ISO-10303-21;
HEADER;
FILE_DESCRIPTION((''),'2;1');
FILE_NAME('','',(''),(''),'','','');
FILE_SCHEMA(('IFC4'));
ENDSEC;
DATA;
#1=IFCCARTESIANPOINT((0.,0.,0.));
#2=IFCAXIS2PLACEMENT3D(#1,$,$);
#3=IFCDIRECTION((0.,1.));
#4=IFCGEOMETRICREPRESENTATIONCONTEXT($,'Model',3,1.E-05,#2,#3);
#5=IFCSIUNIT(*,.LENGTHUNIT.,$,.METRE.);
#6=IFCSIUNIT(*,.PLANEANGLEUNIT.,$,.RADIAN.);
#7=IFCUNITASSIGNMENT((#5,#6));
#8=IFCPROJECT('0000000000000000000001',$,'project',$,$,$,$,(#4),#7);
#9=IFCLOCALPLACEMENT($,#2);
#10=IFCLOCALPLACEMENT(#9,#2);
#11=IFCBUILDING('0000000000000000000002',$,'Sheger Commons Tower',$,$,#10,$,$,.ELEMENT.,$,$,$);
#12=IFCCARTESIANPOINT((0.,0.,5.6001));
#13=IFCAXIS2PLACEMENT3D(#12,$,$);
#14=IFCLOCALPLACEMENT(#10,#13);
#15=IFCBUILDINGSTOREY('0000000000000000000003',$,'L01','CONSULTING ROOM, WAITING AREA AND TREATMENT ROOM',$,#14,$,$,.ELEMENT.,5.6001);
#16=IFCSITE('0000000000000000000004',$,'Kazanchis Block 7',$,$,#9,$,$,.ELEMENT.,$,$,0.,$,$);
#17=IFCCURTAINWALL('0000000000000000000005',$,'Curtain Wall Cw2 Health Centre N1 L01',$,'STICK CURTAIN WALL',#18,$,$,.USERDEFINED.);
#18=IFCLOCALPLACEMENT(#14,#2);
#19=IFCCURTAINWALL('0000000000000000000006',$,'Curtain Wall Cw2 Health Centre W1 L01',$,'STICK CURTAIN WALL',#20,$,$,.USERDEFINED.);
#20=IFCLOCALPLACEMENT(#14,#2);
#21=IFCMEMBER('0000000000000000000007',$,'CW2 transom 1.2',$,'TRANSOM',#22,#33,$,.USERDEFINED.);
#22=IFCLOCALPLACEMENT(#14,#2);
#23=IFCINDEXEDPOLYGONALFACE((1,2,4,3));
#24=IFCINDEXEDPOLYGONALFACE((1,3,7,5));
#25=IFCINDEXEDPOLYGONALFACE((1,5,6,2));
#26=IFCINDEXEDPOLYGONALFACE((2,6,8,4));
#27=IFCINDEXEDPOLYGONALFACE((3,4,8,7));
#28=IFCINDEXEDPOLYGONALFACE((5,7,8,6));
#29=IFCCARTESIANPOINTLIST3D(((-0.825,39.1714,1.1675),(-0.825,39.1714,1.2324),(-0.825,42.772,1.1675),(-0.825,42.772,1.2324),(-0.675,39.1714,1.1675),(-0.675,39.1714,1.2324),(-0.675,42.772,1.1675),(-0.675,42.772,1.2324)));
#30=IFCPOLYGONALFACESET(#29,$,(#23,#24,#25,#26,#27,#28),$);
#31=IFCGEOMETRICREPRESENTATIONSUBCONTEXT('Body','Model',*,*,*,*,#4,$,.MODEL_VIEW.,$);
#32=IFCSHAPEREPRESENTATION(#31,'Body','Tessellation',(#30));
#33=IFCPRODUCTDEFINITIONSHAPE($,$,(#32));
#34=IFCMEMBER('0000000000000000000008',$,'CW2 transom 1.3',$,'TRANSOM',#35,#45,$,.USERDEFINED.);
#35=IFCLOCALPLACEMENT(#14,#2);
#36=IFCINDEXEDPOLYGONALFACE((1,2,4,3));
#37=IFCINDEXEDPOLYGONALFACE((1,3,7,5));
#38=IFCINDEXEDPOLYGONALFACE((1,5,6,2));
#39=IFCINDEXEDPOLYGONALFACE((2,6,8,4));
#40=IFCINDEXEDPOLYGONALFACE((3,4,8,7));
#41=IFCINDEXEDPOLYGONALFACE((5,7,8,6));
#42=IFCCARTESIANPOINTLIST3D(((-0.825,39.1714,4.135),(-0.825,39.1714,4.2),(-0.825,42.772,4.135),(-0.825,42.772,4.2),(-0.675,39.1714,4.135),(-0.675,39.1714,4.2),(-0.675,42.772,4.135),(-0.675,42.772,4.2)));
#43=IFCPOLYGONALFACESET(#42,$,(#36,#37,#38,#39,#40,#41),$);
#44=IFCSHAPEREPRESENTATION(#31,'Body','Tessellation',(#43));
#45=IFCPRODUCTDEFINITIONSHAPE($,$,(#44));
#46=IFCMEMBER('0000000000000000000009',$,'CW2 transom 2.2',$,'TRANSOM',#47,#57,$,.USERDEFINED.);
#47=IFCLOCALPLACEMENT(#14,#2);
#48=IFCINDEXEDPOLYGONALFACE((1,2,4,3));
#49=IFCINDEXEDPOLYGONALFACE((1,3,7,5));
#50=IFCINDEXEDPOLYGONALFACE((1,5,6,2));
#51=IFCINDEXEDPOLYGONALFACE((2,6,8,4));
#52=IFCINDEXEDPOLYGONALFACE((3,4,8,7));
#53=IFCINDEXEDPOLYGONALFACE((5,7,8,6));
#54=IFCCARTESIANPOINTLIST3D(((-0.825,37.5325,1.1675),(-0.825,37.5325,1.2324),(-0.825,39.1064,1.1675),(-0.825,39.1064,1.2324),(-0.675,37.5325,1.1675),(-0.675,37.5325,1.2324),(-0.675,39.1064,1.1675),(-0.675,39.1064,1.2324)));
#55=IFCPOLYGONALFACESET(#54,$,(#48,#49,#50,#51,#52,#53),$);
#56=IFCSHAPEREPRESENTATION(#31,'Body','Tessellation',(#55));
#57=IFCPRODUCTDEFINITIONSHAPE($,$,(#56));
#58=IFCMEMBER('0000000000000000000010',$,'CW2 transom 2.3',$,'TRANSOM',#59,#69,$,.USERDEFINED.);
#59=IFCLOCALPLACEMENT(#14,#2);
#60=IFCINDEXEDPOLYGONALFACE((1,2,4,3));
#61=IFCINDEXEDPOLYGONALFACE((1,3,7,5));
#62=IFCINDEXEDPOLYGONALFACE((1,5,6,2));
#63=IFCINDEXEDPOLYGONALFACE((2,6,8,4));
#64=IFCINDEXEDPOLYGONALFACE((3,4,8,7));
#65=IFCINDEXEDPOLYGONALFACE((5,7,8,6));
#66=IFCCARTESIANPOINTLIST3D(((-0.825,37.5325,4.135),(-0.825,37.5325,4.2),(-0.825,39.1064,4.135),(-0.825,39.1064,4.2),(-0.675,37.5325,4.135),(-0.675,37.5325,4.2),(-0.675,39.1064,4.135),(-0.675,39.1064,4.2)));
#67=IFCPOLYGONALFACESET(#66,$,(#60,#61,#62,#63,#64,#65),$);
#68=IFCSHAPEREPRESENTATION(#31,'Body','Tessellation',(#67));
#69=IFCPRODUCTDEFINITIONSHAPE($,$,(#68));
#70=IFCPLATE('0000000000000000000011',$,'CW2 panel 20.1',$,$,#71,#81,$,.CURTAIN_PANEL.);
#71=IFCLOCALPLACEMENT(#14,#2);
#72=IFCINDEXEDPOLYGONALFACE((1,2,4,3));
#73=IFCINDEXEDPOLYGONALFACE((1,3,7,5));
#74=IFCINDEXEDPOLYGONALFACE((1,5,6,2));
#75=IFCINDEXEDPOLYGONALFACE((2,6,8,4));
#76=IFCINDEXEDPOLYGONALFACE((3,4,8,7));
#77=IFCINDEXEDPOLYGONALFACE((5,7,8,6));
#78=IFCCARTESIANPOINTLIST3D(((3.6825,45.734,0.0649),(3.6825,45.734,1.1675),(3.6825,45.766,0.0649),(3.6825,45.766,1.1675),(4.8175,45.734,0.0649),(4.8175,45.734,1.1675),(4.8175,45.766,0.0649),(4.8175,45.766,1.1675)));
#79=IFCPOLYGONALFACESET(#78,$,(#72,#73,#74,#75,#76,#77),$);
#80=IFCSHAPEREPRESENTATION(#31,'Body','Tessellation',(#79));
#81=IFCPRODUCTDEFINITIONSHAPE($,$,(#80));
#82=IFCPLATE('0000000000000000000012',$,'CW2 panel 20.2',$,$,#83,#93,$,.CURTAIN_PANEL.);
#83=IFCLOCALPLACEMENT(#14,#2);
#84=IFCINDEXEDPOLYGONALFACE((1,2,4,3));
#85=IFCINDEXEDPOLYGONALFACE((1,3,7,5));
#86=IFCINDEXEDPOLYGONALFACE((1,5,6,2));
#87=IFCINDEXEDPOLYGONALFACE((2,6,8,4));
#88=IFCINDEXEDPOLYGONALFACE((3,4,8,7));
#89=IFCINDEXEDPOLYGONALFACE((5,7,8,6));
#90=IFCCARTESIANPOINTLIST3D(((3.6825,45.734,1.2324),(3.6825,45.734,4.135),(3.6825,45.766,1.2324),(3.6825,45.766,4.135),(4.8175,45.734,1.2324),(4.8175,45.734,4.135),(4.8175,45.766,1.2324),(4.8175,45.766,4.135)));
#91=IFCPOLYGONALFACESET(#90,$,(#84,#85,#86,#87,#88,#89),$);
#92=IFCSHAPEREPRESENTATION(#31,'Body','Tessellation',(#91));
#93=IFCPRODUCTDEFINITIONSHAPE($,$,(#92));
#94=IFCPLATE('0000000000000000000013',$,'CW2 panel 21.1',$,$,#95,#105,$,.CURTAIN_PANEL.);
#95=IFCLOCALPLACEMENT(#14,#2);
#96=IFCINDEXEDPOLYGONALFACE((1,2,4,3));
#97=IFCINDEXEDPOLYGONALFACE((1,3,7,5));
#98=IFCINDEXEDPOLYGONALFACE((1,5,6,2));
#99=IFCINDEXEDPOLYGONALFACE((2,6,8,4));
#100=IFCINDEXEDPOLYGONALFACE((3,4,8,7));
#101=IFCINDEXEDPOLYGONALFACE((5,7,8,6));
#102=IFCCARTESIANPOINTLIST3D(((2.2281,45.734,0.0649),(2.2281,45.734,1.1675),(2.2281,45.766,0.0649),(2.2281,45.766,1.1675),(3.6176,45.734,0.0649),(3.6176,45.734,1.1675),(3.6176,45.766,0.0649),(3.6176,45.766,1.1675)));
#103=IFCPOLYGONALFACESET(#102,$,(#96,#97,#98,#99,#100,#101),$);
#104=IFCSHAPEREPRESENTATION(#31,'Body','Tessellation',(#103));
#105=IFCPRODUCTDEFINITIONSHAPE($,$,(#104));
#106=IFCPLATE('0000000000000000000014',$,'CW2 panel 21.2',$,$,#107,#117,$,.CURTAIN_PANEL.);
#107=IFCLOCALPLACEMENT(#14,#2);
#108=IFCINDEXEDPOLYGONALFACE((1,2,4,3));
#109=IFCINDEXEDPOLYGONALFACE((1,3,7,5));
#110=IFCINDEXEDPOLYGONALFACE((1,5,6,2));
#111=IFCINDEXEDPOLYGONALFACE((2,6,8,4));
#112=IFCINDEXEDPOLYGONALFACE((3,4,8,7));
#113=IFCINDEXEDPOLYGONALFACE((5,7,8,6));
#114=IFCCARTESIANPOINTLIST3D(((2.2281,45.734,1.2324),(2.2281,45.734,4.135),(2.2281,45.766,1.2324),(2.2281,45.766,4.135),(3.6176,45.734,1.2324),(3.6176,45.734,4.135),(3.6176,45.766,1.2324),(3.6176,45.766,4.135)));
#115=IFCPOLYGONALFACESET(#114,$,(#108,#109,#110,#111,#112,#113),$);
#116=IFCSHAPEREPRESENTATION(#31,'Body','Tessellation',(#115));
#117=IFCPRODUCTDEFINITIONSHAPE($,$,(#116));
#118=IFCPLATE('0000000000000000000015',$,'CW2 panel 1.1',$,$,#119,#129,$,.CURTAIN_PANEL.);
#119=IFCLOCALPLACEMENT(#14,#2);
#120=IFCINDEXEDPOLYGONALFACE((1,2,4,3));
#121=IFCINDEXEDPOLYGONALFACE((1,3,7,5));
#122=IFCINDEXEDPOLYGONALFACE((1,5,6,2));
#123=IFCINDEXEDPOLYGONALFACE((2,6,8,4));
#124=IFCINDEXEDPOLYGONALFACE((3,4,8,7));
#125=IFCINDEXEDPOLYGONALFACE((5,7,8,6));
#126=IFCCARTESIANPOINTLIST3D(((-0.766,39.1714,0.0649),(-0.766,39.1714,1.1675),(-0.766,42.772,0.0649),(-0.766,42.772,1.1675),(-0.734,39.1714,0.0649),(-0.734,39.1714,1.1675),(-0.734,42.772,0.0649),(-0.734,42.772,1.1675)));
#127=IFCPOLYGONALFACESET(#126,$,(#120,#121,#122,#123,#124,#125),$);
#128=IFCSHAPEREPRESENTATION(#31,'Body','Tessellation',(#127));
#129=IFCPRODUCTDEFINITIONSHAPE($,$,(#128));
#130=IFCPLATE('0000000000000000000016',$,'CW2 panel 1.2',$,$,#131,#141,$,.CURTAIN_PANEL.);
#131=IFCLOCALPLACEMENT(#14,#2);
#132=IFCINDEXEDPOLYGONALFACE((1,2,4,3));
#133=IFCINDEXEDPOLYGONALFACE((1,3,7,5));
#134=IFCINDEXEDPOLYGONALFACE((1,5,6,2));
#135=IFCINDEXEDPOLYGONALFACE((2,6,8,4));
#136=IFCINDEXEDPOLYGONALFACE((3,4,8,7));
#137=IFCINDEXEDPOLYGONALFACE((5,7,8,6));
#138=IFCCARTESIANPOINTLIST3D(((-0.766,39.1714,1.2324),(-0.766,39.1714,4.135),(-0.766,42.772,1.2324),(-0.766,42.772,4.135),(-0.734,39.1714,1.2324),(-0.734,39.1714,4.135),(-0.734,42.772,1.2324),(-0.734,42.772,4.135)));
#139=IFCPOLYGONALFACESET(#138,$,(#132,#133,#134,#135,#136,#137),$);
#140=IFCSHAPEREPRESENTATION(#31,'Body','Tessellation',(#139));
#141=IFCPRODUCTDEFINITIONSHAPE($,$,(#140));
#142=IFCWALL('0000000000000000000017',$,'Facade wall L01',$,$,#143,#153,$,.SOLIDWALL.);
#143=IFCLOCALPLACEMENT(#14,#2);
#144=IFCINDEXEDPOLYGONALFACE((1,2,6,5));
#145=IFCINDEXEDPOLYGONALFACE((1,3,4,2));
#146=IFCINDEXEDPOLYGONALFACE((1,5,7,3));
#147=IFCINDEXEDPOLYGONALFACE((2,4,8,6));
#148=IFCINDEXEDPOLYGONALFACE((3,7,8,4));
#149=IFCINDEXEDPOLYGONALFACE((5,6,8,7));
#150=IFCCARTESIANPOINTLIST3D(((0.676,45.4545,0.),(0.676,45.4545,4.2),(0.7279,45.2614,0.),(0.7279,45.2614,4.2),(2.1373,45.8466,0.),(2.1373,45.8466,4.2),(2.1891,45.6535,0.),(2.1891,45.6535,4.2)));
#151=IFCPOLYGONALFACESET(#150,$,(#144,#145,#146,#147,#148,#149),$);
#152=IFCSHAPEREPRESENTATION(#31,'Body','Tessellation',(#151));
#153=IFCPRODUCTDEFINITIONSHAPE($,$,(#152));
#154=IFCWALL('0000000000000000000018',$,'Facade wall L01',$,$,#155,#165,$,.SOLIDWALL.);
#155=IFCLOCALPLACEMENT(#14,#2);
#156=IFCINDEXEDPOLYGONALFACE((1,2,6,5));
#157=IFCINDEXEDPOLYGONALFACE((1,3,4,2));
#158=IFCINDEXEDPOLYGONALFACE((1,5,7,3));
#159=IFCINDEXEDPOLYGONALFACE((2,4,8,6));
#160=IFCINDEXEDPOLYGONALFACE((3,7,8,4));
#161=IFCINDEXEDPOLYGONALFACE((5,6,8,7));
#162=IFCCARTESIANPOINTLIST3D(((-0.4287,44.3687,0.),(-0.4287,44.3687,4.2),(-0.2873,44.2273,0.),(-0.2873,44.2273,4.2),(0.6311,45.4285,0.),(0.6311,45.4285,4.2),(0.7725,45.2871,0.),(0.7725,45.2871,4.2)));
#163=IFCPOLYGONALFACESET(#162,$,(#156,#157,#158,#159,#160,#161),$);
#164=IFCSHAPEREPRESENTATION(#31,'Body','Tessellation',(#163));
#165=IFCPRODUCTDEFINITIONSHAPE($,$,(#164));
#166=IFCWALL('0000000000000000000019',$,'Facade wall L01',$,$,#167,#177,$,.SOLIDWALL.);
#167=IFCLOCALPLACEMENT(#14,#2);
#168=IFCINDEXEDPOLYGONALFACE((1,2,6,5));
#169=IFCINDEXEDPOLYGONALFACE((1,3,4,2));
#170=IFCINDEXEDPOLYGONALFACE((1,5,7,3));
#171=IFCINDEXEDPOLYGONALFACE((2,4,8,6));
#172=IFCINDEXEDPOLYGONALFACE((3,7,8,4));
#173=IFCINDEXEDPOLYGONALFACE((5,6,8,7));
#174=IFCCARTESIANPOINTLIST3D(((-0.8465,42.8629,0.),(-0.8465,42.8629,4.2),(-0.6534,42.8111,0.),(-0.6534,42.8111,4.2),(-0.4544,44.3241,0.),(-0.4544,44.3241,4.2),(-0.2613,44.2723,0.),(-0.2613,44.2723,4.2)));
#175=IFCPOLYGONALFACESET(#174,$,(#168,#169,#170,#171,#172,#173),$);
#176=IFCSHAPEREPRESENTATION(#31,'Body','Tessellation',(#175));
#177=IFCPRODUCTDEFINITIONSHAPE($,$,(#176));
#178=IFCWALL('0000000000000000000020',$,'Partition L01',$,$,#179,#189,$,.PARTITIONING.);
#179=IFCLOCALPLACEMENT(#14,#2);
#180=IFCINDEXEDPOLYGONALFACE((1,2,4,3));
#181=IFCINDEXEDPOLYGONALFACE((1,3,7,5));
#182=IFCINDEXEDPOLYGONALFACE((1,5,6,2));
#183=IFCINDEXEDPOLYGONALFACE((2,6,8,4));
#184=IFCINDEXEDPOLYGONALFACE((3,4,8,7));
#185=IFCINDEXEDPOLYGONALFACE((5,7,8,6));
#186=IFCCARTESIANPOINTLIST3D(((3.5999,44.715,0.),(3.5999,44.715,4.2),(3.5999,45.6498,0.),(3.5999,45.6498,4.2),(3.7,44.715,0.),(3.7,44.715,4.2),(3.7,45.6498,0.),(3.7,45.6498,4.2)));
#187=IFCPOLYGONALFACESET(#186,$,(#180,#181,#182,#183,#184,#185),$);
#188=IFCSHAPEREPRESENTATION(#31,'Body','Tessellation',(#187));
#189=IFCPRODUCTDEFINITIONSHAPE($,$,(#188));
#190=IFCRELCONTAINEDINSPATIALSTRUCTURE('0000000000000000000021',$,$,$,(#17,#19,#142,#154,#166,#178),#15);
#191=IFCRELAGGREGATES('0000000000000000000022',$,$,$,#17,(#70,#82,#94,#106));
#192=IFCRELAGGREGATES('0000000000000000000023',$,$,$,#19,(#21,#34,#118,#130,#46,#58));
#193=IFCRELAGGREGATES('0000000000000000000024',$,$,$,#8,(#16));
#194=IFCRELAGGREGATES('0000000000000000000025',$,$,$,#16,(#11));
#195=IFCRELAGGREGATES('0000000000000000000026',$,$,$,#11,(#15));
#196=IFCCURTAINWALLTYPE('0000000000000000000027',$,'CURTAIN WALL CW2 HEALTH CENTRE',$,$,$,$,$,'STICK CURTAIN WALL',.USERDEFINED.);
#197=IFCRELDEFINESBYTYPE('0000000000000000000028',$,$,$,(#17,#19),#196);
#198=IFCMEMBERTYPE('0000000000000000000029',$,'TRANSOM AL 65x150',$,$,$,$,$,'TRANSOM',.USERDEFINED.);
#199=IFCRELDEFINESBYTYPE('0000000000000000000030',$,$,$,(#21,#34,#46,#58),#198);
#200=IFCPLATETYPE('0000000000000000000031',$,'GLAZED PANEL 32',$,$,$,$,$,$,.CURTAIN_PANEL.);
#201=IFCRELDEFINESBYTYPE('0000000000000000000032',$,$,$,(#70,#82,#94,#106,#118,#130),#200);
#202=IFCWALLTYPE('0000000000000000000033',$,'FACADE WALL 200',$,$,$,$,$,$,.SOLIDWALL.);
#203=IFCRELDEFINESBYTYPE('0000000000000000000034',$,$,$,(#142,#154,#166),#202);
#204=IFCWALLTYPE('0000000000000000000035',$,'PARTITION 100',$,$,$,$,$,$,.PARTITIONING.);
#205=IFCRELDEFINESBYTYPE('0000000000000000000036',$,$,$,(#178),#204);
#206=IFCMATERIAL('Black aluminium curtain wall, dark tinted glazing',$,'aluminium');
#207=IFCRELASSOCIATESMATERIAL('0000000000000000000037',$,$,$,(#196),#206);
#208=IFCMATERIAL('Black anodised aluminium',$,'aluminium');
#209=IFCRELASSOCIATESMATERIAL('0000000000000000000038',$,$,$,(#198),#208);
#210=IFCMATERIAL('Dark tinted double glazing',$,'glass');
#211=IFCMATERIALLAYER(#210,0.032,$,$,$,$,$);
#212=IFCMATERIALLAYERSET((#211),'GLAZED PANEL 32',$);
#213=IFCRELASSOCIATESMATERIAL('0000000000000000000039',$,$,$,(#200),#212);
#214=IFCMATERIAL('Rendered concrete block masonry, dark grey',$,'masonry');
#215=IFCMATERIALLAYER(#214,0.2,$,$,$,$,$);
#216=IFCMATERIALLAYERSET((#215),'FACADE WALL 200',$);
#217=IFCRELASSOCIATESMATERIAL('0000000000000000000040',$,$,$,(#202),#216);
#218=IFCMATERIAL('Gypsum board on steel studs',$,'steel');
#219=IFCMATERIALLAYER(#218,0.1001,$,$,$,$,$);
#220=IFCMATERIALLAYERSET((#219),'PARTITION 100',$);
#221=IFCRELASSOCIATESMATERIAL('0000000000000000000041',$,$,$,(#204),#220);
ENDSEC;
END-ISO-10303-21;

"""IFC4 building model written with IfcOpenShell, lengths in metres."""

from ifc_helpers import new_model, si_unit, direction, frame, frame_2d, origin, origin_2d, place, context, subcontext, project, spatial, rectangle, extrude, material, layer, layer_set, material_profile, profile_set, type_object, element, aggregate, save


model = new_model("IFC4")

# Units and contexts
model_context = context("Model", 3, precision=1e-05, world=origin(), true_north=direction((0.0, 1.0)))
body_context = subcontext(model_context, "Body", "Model", "MODEL_VIEW")
ifc_project = project(units=[si_unit("LENGTHUNIT", "METRE"), si_unit("PLANEANGLEUNIT", "RADIAN")], contexts=[model_context])

# Site, building, storey
site_placement = place(None, origin())
site = spatial("IfcSite", under=ifc_project, at=site_placement, Name="Kazanchis Block 7", CompositionType="ELEMENT", RefElevation=0.0)
building_placement = place(site_placement, origin())
building = spatial("IfcBuilding", under=site, at=building_placement, Name="Sheger Commons Tower", CompositionType="ELEMENT")
storey_placement = place(building_placement, frame((0.0, 0.0, 5.6001)))
storey = spatial("IfcBuildingStorey", under=building, at=storey_placement, Name="L01", Description="CONSULTING ROOM, WAITING AREA AND TREATMENT ROOM", CompositionType="ELEMENT", Elevation=5.6001)

# Curtain walls
ifc_material_1 = material(Name="Black aluminium curtain wall, dark tinted glazing", Category="aluminium")
curtain_wall_type = type_object("IfcCurtainWallType", Name="CURTAIN WALL CW2 HEALTH CENTRE", ElementType="STICK CURTAIN WALL", PredefinedType="USERDEFINED", material=ifc_material_1)
curtain_wall_1_placement = place(storey_placement, origin())
curtain_wall_1 = element("IfcCurtainWall", 1, at=curtain_wall_1_placement, inside=storey, type_object=curtain_wall_type, Name="Curtain Wall Cw2 Health Centre N1 L01", ObjectType="STICK CURTAIN WALL", PredefinedType="USERDEFINED")
curtain_wall_2_placement = place(storey_placement, origin())
curtain_wall_2 = element("IfcCurtainWall", 2, at=curtain_wall_2_placement, inside=storey, type_object=curtain_wall_type, Name="Curtain Wall Cw2 Health Centre W1 L01", ObjectType="STICK CURTAIN WALL", PredefinedType="USERDEFINED")

# Members
ifc_material_2 = material(Name="Black anodised aluminium", Category="aluminium")
ifc_material_profile_1 = material_profile(ifc_material_2, rectangle(XDim=0.1499, YDim=0.0649, at=origin_2d()), Name="AL 65x150")
ifc_profile_set_1 = profile_set([ifc_material_profile_1], Name="Black anodised aluminium")
member_type_1 = type_object("IfcMemberType", Name="TRANSOM AL 65x150", ElementType="TRANSOM", PredefinedType="USERDEFINED", material=ifc_profile_set_1)
member_1_placement = place(storey_placement, frame((-0.75, 42.772, 1.2), z_axis=(0.0, -1.0, 0.0), x_axis=(1.0, 0.0, 0.0)))
member_1 = element("IfcMember", 3, at=member_1_placement, type_object=member_type_1, Name="CW2 transom 1.2", ObjectType="TRANSOM", PredefinedType="USERDEFINED", context=body_context, shape_type="SweptSolid", body=[
    extrude(rectangle(XDim=0.1499, YDim=0.0649, at=origin_2d()), origin(), (0.0, 0.0, 1.0), 3.6006),
])
member_2_placement = place(storey_placement, frame((-0.75, 42.772, 4.1675), z_axis=(0.0, -1.0, 0.0), x_axis=(1.0, 0.0, 0.0)))
member_2 = element("IfcMember", 4, at=member_2_placement, type_object=member_type_1, Name="CW2 transom 1.3", ObjectType="TRANSOM", PredefinedType="USERDEFINED", context=body_context, shape_type="SweptSolid", body=[
    extrude(rectangle(XDim=0.1499, YDim=0.0649, at=origin_2d()), origin(), (0.0, 0.0, 1.0), 3.6006),
])
member_3_placement = place(storey_placement, frame((-0.75, 39.1064, 1.2), z_axis=(0.0, -1.0, 0.0), x_axis=(1.0, 0.0, 0.0)))
member_3 = element("IfcMember", 5, at=member_3_placement, type_object=member_type_1, Name="CW2 transom 2.2", ObjectType="TRANSOM", PredefinedType="USERDEFINED", context=body_context, shape_type="SweptSolid", body=[
    extrude(rectangle(XDim=0.1499, YDim=0.0649, at=origin_2d()), origin(), (0.0, 0.0, 1.0), 1.574),
])
member_4_placement = place(storey_placement, frame((-0.75, 39.1064, 4.1675), z_axis=(0.0, -1.0, 0.0), x_axis=(1.0, 0.0, 0.0)))
member_4 = element("IfcMember", 6, at=member_4_placement, type_object=member_type_1, Name="CW2 transom 2.3", ObjectType="TRANSOM", PredefinedType="USERDEFINED", context=body_context, shape_type="SweptSolid", body=[
    extrude(rectangle(XDim=0.1499, YDim=0.0649, at=origin_2d()), origin(), (0.0, 0.0, 1.0), 1.574),
])

# Plates
ifc_material_3 = material(Name="Dark tinted double glazing", Category="glass")
ifc_layer_1 = layer(ifc_material_3, 0.032)
ifc_layer_set_1 = layer_set([ifc_layer_1], Name="GLAZED PANEL 32")
plate_type = type_object("IfcPlateType", Name="GLAZED PANEL 32", PredefinedType="CURTAIN_PANEL", material=ifc_layer_set_1)
plate_1_placement = place(storey_placement, frame((4.25, 45.75, 0.0649), z_axis=(0.0, 0.0, 1.0), x_axis=(-1.0, 0.0, 0.0)))
plate_1 = element("IfcPlate", 7, at=plate_1_placement, type_object=plate_type, Name="CW2 panel 20.1", PredefinedType="CURTAIN_PANEL", context=body_context, shape_type="SweptSolid", body=[
    extrude(rectangle(XDim=1.135, YDim=0.032, at=origin_2d()), origin(), (0.0, 0.0, 1.0), 1.1025),
])
plate_2_placement = place(storey_placement, frame((4.25, 45.75, 1.2324), z_axis=(0.0, 0.0, 1.0), x_axis=(-1.0, 0.0, 0.0)))
plate_2 = element("IfcPlate", 8, at=plate_2_placement, type_object=plate_type, Name="CW2 panel 20.2", PredefinedType="CURTAIN_PANEL", context=body_context, shape_type="SweptSolid", body=[
    extrude(rectangle(XDim=1.135, YDim=0.032, at=origin_2d()), origin(), (0.0, 0.0, 1.0), 2.9026),
])
plate_3_placement = place(storey_placement, frame((2.9229, 45.75, 0.0649), z_axis=(0.0, 0.0, 1.0), x_axis=(-1.0, 0.0, 0.0)))
plate_3 = element("IfcPlate", 9, at=plate_3_placement, type_object=plate_type, Name="CW2 panel 21.1", PredefinedType="CURTAIN_PANEL", context=body_context, shape_type="SweptSolid", body=[
    extrude(rectangle(XDim=1.3894, YDim=0.032, at=origin_2d()), origin(), (0.0, 0.0, 1.0), 1.1025),
])
plate_4_placement = place(storey_placement, frame((2.9229, 45.75, 1.2324), z_axis=(0.0, 0.0, 1.0), x_axis=(-1.0, 0.0, 0.0)))
plate_4 = element("IfcPlate", 10, at=plate_4_placement, type_object=plate_type, Name="CW2 panel 21.2", PredefinedType="CURTAIN_PANEL", context=body_context, shape_type="SweptSolid", body=[
    extrude(rectangle(XDim=1.3894, YDim=0.032, at=origin_2d()), origin(), (0.0, 0.0, 1.0), 2.9026),
])
aggregate(curtain_wall_1, [plate_1, plate_2, plate_3, plate_4])
plate_5_placement = place(storey_placement, frame((-0.75, 40.9717, 0.0649), z_axis=(0.0, 0.0, 1.0), x_axis=(0.0, -1.0, 0.0)))
plate_5 = element("IfcPlate", 11, at=plate_5_placement, type_object=plate_type, Name="CW2 panel 1.1", PredefinedType="CURTAIN_PANEL", context=body_context, shape_type="SweptSolid", body=[
    extrude(rectangle(XDim=3.6006, YDim=0.032, at=origin_2d()), origin(), (0.0, 0.0, 1.0), 1.1025),
])
plate_6_placement = place(storey_placement, frame((-0.75, 40.9717, 1.2324), z_axis=(0.0, 0.0, 1.0), x_axis=(0.0, -1.0, 0.0)))
plate_6 = element("IfcPlate", 12, at=plate_6_placement, type_object=plate_type, Name="CW2 panel 1.2", PredefinedType="CURTAIN_PANEL", context=body_context, shape_type="SweptSolid", body=[
    extrude(rectangle(XDim=3.6006, YDim=0.032, at=origin_2d()), origin(), (0.0, 0.0, 1.0), 2.9026),
])
aggregate(curtain_wall_2, [member_1, member_2, plate_5, plate_6, member_3, member_4])

# Walls
ifc_material_4 = material(Name="Rendered concrete block masonry, dark grey", Category="masonry")
ifc_layer_2 = layer(ifc_material_4, 0.2)
ifc_layer_set_2 = layer_set([ifc_layer_2], Name="FACADE WALL 200")
wall_type_1 = type_object("IfcWallType", Name="FACADE WALL 200", PredefinedType="SOLIDWALL", material=ifc_layer_set_2)
wall_1_placement = place(storey_placement, frame((2.1631, 45.75, 0.0), z_axis=(0.0, 0.0, 1.0), x_axis=(-0.965832, -0.259169, 0.0)))
element("IfcWall", 13, at=wall_1_placement, inside=storey, type_object=wall_type_1, Name="Facade wall L01", PredefinedType="SOLIDWALL", context=body_context, shape_type="SweptSolid", body=[
    extrude(rectangle(XDim=1.5129, YDim=0.2, at=frame_2d((0.7563, 0.0))), origin(), (0.0, 0.0, 1.0), 4.2),
])
wall_2_placement = place(storey_placement, frame((0.7019, 45.3579, 0.0), z_axis=(0.0, 0.0, 1.0), x_axis=(-0.707107, -0.707107, 0.0)))
element("IfcWall", 14, at=wall_2_placement, inside=storey, type_object=wall_type_1, Name="Facade wall L01", PredefinedType="SOLIDWALL", context=body_context, shape_type="SweptSolid", body=[
    extrude(rectangle(XDim=1.4988, YDim=0.2, at=frame_2d((0.7495, 0.0))), origin(), (0.0, 0.0, 1.0), 4.2),
])
wall_3_placement = place(storey_placement, frame((-0.3579, 44.2981, 0.0), z_axis=(0.0, 0.0, 1.0), x_axis=(-0.259169, -0.965832, 0.0)))
element("IfcWall", 15, at=wall_3_placement, inside=storey, type_object=wall_type_1, Name="Facade wall L01", PredefinedType="SOLIDWALL", context=body_context, shape_type="SweptSolid", body=[
    extrude(rectangle(XDim=1.5129, YDim=0.2, at=frame_2d((0.7563, 0.0))), origin(), (0.0, 0.0, 1.0), 4.2),
])
ifc_material_5 = material(Name="Gypsum board on steel studs", Category="steel")
ifc_layer_3 = layer(ifc_material_5, 0.1001)
ifc_layer_set_3 = layer_set([ifc_layer_3], Name="PARTITION 100")
wall_type_2 = type_object("IfcWallType", Name="PARTITION 100", PredefinedType="PARTITIONING", material=ifc_layer_set_3)
for number, where, z_axis, x_axis, name in (
    (16, (3.6499, 44.7151, 0.0), (0.0, 0.0, 1.0), (0.0, 1.0, 0.0), "Partition L01"),
):
    element("IfcWall", number, at=place(storey_placement, frame(where, z_axis=z_axis, x_axis=x_axis)), inside=storey, type_object=wall_type_2, Name=name, PredefinedType="PARTITIONING", context=body_context, shape_type="SweptSolid", body=[
        extrude(rectangle(XDim=0.9348, YDim=0.1001, at=frame_2d((0.4673, 0.0))), origin(), (0.0, 0.0, 1.0), 4.2),
    ])

save(model, "model.ifc")
